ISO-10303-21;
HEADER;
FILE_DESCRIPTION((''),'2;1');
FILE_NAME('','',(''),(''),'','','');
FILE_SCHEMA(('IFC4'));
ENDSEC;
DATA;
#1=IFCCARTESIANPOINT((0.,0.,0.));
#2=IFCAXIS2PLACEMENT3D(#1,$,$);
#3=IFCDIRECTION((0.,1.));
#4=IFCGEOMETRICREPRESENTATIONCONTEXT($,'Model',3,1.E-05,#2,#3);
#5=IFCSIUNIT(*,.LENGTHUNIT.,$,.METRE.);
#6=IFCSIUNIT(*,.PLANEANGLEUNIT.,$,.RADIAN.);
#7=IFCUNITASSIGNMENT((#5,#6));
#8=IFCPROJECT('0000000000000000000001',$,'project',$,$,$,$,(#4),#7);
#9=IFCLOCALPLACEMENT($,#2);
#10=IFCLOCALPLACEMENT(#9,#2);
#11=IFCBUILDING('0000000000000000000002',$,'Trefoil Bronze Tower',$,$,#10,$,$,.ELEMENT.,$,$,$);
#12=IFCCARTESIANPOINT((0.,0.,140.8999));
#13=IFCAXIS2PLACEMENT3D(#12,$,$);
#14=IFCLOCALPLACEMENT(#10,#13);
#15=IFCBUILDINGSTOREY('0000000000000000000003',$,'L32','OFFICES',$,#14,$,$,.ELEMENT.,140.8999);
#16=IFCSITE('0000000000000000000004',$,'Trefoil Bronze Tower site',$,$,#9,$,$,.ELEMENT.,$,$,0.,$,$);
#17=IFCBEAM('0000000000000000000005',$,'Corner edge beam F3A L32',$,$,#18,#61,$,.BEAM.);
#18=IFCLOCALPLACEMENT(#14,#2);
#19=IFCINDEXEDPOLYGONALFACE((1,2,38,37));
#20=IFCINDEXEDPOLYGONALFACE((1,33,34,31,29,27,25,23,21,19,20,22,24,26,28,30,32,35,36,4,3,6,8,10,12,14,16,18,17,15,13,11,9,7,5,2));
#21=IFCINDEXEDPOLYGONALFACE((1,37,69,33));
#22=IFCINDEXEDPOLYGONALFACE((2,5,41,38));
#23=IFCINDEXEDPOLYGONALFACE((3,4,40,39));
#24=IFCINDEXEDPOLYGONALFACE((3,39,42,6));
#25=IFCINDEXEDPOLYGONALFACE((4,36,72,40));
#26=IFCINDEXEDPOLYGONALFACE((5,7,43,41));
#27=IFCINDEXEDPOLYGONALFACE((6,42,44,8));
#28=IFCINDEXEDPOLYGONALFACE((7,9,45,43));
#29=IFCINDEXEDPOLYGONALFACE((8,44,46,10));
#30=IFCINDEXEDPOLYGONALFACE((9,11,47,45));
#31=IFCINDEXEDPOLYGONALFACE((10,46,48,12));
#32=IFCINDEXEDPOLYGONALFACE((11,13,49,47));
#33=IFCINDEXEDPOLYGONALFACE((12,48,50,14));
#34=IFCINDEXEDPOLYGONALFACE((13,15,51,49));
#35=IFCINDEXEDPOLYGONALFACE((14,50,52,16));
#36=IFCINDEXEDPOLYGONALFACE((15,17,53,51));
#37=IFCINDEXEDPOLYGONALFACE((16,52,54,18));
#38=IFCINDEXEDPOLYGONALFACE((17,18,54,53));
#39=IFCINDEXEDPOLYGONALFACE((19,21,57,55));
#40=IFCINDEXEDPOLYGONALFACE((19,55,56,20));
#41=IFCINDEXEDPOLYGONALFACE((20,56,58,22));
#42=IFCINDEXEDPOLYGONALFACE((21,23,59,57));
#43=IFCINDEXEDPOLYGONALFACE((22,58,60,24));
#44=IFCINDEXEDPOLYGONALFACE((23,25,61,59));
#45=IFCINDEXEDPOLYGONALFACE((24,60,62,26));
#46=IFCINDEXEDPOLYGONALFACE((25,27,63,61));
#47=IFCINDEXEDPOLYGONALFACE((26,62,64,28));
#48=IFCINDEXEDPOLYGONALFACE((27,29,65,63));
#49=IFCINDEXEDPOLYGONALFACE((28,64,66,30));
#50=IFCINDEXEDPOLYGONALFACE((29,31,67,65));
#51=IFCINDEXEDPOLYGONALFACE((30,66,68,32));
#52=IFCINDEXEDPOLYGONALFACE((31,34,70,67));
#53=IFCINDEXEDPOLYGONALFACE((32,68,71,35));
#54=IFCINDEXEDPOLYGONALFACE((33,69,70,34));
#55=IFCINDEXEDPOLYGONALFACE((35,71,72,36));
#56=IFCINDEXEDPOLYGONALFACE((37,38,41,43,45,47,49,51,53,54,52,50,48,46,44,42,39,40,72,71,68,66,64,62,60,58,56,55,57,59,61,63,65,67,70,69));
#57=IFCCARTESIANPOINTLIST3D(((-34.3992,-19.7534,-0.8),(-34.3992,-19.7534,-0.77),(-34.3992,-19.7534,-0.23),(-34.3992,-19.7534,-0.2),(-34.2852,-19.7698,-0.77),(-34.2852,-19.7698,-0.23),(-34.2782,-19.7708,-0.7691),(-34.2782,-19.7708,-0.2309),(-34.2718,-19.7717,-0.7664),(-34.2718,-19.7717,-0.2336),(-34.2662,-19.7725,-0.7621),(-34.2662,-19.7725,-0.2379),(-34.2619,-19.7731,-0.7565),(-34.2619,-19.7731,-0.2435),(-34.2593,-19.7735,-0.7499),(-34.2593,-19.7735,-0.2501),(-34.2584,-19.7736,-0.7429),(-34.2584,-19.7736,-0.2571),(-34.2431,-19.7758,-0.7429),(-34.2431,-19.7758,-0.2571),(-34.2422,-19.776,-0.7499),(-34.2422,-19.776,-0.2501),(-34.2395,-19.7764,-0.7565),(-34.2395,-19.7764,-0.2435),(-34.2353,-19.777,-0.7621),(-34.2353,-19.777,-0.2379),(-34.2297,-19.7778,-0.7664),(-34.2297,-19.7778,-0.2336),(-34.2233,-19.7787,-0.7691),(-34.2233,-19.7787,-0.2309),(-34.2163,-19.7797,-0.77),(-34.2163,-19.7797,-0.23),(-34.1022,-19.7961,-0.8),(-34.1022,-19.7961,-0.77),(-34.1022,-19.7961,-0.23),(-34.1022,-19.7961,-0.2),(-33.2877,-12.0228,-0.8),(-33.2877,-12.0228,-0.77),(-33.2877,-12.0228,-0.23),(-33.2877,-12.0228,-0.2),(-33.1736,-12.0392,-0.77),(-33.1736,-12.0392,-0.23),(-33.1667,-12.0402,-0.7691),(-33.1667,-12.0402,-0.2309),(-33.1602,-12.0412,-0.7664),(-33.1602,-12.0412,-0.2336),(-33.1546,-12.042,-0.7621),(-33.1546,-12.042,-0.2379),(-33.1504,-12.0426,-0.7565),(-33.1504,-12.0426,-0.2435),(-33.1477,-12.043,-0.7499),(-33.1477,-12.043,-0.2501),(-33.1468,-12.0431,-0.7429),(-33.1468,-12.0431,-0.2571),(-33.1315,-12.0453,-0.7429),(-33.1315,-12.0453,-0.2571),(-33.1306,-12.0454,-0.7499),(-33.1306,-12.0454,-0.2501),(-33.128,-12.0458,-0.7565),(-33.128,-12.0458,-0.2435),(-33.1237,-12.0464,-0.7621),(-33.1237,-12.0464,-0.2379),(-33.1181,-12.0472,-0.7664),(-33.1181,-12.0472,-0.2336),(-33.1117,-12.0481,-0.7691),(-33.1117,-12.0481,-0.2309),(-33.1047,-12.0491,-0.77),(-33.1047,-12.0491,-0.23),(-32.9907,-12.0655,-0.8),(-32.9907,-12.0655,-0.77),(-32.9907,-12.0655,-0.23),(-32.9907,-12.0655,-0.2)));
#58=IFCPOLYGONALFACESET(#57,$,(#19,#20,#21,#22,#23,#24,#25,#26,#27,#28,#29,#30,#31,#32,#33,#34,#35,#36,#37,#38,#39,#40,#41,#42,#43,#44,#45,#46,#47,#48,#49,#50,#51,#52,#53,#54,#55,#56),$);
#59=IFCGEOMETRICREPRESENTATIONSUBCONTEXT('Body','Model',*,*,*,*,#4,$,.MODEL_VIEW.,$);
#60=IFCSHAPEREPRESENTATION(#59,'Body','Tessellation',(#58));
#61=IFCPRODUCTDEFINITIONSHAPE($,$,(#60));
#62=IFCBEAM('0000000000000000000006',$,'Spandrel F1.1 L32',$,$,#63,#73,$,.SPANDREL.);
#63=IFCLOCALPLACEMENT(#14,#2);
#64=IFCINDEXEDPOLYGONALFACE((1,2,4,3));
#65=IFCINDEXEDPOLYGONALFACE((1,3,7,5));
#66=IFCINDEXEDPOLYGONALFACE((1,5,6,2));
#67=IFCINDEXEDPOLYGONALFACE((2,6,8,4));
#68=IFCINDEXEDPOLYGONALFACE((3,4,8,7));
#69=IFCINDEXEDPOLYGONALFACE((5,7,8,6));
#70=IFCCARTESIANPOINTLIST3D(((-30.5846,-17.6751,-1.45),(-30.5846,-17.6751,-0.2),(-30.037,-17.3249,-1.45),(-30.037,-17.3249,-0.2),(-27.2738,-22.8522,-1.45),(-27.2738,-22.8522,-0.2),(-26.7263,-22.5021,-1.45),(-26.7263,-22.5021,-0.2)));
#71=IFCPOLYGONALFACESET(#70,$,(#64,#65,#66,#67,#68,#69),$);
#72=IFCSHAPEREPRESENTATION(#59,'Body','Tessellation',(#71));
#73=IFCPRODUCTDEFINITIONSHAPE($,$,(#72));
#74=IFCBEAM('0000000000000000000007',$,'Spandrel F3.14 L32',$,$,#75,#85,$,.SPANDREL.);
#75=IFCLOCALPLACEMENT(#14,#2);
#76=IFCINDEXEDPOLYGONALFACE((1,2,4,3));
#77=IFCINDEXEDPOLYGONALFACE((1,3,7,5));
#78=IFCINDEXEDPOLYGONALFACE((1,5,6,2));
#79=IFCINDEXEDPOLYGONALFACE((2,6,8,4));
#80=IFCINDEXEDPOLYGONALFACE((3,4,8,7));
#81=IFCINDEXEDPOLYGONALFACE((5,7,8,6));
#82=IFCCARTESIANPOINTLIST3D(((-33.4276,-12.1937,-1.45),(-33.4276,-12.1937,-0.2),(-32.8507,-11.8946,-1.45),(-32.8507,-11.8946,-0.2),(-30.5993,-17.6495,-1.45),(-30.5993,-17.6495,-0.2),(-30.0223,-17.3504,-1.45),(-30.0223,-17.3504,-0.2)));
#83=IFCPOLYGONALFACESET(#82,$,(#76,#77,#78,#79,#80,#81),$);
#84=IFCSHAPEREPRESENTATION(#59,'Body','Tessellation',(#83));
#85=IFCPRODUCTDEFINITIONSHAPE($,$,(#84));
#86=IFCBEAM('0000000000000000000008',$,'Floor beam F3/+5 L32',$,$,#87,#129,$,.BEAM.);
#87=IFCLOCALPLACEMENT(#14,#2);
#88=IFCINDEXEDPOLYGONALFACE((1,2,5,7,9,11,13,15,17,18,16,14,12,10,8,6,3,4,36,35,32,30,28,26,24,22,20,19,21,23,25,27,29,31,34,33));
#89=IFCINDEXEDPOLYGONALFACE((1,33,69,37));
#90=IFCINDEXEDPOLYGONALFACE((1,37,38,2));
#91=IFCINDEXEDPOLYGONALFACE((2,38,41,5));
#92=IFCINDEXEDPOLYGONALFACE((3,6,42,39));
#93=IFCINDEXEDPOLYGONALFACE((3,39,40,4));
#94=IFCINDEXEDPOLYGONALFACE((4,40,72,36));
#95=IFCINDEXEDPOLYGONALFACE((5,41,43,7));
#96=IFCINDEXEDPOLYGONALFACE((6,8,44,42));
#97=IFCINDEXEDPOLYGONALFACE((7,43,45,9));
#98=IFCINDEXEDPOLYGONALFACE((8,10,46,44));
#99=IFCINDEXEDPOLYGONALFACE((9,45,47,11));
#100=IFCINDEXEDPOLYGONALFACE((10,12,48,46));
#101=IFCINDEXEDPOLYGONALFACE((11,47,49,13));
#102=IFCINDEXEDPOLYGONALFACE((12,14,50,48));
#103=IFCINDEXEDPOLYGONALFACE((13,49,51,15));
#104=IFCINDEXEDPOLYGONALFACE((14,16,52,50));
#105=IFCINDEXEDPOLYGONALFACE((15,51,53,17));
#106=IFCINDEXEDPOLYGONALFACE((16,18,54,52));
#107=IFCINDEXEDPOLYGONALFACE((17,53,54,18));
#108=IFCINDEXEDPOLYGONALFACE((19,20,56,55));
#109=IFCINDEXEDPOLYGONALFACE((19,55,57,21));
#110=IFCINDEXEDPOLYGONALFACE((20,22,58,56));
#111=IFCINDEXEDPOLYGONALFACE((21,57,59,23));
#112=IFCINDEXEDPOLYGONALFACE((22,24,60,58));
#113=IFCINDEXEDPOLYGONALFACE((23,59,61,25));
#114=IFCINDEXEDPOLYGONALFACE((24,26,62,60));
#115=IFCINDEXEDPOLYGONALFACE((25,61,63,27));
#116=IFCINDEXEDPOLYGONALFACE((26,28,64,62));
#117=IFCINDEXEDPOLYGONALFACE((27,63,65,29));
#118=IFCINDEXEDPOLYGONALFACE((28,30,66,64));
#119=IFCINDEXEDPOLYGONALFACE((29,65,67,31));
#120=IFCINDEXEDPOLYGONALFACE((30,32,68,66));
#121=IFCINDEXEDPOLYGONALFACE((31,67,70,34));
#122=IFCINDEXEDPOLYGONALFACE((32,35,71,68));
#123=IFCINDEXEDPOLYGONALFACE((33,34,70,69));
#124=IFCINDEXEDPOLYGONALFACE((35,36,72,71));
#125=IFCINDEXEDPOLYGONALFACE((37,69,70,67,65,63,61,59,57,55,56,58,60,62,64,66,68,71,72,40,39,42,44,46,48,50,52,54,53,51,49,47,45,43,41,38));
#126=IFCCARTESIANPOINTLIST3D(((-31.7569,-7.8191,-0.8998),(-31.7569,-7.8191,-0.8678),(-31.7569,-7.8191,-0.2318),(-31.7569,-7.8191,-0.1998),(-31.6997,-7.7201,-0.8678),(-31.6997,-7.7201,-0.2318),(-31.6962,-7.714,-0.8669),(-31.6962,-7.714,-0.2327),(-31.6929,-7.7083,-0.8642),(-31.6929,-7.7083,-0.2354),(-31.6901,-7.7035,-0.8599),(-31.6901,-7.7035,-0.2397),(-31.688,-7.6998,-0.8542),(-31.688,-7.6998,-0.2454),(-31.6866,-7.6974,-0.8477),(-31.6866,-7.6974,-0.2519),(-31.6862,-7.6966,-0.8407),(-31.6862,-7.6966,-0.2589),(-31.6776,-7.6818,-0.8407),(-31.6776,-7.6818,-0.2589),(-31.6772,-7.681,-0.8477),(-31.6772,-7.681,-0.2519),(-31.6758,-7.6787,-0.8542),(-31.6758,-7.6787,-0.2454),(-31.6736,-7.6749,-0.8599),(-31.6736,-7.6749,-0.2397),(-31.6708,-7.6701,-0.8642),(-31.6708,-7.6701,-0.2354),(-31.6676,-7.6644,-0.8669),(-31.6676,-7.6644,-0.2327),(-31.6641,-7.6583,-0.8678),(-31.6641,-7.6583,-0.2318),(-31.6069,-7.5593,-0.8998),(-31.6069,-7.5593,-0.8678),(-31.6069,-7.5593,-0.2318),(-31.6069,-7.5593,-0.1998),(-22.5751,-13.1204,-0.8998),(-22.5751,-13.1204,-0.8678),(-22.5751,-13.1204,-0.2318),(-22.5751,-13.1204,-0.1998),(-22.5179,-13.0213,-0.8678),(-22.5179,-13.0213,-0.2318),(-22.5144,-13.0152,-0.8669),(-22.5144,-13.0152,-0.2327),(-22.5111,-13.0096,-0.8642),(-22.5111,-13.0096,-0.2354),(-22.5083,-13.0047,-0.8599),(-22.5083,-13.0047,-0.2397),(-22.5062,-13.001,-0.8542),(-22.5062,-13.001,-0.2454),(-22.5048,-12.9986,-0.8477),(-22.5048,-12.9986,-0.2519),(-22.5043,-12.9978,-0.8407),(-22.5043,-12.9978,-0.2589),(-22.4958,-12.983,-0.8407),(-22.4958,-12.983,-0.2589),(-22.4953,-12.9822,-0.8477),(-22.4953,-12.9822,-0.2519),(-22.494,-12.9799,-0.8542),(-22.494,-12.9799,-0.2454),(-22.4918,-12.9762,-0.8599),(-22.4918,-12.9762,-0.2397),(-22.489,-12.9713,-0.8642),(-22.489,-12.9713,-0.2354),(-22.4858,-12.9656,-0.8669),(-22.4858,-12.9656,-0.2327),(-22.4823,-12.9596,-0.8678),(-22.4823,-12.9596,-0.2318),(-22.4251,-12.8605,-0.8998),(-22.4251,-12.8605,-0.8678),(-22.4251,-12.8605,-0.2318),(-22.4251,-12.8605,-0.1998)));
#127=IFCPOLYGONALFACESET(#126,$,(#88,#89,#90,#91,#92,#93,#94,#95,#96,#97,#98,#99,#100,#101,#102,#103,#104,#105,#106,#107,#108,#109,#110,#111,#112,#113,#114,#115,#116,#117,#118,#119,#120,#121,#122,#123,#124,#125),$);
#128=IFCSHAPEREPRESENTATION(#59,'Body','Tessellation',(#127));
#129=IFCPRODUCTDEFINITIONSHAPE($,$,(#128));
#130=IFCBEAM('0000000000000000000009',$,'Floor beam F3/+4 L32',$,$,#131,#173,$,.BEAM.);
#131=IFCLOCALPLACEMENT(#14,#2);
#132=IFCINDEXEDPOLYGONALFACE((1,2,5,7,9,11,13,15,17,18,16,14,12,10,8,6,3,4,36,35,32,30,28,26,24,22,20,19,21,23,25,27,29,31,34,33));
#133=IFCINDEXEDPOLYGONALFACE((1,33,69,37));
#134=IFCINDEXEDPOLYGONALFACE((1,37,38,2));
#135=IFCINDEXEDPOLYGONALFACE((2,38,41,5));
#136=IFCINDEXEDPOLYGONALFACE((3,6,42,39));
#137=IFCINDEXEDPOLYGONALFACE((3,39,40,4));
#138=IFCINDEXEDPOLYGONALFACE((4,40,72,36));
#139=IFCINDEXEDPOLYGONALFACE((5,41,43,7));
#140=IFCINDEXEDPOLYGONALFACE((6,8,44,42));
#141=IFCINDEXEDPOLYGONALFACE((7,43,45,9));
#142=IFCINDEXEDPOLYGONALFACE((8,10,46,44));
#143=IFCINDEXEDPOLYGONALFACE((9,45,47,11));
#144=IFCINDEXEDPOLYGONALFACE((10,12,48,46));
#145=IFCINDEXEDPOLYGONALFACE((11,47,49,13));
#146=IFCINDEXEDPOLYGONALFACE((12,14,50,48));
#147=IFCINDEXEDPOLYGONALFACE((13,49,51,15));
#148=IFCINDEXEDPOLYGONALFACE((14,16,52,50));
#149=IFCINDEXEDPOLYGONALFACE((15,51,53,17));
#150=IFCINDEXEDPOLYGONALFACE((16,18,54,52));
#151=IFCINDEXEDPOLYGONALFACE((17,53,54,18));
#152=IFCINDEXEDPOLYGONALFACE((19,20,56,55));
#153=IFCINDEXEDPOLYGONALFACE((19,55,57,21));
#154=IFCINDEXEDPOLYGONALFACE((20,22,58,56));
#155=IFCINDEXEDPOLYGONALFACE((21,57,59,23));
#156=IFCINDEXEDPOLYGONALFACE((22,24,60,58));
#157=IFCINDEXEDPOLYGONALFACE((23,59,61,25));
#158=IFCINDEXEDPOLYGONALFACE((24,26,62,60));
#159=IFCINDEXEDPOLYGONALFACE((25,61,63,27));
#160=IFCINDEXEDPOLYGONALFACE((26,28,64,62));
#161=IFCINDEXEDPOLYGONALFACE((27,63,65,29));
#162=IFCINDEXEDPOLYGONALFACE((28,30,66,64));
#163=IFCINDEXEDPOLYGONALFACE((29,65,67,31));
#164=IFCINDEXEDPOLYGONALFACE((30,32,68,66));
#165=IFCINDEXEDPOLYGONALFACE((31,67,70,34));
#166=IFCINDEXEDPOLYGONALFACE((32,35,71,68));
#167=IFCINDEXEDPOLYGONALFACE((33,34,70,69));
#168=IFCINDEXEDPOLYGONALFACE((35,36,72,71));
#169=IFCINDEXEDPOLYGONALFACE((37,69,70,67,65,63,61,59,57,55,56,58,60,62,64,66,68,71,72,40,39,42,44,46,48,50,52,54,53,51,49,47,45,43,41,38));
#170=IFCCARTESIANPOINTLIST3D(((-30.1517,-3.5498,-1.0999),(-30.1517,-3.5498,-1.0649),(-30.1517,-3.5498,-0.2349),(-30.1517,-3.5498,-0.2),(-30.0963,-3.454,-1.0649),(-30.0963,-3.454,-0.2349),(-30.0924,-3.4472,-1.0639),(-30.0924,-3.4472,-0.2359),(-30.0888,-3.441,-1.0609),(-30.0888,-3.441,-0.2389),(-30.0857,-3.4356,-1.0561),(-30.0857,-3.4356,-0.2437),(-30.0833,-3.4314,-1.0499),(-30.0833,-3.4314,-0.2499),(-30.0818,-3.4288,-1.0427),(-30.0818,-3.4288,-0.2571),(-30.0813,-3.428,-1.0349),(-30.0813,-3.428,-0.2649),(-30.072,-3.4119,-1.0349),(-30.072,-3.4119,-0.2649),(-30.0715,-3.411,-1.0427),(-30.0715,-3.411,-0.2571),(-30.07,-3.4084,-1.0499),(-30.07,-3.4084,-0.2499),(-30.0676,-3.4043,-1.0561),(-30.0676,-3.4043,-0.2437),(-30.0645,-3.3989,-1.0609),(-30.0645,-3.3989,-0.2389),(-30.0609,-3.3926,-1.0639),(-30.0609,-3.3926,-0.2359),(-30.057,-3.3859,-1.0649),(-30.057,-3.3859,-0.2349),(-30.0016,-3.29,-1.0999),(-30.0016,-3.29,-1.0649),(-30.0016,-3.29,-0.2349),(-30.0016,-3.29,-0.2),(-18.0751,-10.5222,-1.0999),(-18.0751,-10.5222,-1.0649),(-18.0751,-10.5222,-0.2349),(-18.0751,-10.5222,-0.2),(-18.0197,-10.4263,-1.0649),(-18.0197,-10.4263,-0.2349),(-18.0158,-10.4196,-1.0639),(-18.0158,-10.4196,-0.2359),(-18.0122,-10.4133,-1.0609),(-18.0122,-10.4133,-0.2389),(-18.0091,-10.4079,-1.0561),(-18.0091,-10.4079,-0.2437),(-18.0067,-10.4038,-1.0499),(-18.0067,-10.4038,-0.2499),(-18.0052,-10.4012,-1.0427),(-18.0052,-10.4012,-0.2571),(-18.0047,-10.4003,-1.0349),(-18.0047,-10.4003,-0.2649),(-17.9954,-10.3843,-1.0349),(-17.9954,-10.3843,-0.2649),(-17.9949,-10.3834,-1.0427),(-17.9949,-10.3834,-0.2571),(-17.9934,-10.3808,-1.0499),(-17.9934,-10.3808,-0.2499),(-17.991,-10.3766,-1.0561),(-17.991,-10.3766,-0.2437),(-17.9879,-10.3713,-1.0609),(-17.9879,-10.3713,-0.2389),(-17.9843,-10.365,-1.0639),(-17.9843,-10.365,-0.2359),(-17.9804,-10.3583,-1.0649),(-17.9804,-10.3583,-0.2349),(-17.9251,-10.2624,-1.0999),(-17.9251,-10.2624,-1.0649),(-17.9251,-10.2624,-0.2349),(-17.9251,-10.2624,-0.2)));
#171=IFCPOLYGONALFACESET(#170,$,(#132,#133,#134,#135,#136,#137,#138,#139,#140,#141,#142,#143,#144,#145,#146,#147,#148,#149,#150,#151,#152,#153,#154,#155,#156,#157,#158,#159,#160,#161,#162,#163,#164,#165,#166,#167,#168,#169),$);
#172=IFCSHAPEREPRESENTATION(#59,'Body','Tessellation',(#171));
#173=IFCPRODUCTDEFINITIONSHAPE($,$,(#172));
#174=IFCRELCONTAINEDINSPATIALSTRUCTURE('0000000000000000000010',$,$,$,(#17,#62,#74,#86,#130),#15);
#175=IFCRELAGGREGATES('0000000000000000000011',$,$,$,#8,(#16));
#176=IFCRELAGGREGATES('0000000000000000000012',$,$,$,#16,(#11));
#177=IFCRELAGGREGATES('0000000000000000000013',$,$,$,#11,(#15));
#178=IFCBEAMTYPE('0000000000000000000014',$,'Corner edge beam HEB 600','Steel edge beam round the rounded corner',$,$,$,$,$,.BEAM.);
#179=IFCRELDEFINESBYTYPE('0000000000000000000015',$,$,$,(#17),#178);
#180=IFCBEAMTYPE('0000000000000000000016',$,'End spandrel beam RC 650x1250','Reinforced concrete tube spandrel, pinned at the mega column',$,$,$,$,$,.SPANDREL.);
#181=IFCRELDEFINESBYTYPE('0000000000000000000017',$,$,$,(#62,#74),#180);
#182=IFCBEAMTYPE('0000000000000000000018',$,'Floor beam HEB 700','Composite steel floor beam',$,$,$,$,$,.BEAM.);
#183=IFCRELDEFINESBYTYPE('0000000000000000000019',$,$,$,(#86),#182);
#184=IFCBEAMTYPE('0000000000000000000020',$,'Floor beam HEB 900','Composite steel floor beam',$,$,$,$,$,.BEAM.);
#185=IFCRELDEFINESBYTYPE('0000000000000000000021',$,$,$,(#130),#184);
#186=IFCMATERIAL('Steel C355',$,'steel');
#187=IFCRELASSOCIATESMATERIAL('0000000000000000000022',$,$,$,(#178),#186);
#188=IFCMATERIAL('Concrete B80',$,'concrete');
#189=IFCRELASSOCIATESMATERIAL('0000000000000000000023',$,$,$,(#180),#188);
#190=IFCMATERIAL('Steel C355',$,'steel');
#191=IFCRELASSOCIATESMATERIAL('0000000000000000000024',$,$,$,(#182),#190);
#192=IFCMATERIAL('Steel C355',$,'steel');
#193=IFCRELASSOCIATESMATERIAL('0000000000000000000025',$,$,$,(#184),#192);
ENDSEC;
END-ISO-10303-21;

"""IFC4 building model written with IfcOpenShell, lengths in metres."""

from ifc_helpers import new_model, si_unit, direction, frame, origin, origin_2d, place, context, subcontext, project, spatial, rectangle, i_section, extrude, material, material_profile, profile_set, type_object, element, save


model = new_model("IFC4")

# Units and contexts
model_context = context("Model", 3, precision=1e-05, world=origin(), true_north=direction((0.0, 1.0)))
body_context = subcontext(model_context, "Body", "Model", "MODEL_VIEW")
ifc_project = project(units=[si_unit("LENGTHUNIT", "METRE"), si_unit("PLANEANGLEUNIT", "RADIAN")], contexts=[model_context])

# Site, building, storey
site_placement = place(None, origin())
site = spatial("IfcSite", under=ifc_project, at=site_placement, Name="Trefoil Bronze Tower site", CompositionType="ELEMENT", RefElevation=0.0)
building_placement = place(site_placement, origin())
building = spatial("IfcBuilding", under=site, at=building_placement, Name="Trefoil Bronze Tower", CompositionType="ELEMENT")
storey_placement = place(building_placement, frame((0.0, 0.0, 140.8999)))
storey = spatial("IfcBuildingStorey", under=building, at=storey_placement, Name="L32", Description="OFFICES", CompositionType="ELEMENT", Elevation=140.8999)

# Beams
ifc_material_1 = material(Name="Steel C355", Category="steel")
ifc_material_profile_1 = material_profile(ifc_material_1, i_section(OverallWidth=0.3, OverallDepth=0.6001, WebThickness=0.0154, FlangeThickness=0.03, FilletRadius=0.0271, at=origin_2d()), Name="HEB 600")
ifc_profile_set_1 = profile_set([ifc_material_profile_1], Name="Steel C355")
beam_type_1 = type_object("IfcBeamType", Name="Corner edge beam HEB 600", Description="Steel edge beam round the rounded corner", PredefinedType="BEAM", material=ifc_profile_set_1)
beam_1_placement = place(storey_placement, frame((-33.1392, -12.0442, -0.5), z_axis=(-0.142327, -0.98982, 0.0), x_axis=(0.98982, -0.142327, 0.0)))
element("IfcBeam", 1, at=beam_1_placement, inside=storey, type_object=beam_type_1, Name="Corner edge beam F3A L32", PredefinedType="BEAM", context=body_context, shape_type="SweptSolid", body=[
    extrude(i_section(OverallWidth=0.3, OverallDepth=0.6001, WebThickness=0.0154, FlangeThickness=0.03, FilletRadius=0.0271, at=origin_2d()), origin(), (0.0, 0.0, 1.0), 7.8101),
])
ifc_material_2 = material(Name="Concrete B80", Category="concrete")
ifc_material_profile_2 = material_profile(ifc_material_2, rectangle(XDim=0.6499, YDim=1.25, at=origin_2d()), Name="RC 650x1250")
ifc_profile_set_2 = profile_set([ifc_material_profile_2], Name="Concrete B80")
beam_type_2 = type_object("IfcBeamType", Name="End spandrel beam RC 650x1250", Description="Reinforced concrete tube spandrel, pinned at the mega column", PredefinedType="SPANDREL", material=ifc_profile_set_2)
for number, where, z_axis, x_axis, name in (
    (2, (-30.3108, -17.5, -0.825), (0.538748, -0.842467, 0.0), (0.842467, 0.538748, 0.0), "Spandrel F1.1 L32"),
    (3, (-33.1392, -12.0442, -0.825), (0.460244, -0.887792, 0.0), (0.887792, 0.460244, 0.0), "Spandrel F3.14 L32"),
):
    element("IfcBeam", number, at=place(storey_placement, frame(where, z_axis=z_axis, x_axis=x_axis)), inside=storey, type_object=beam_type_2, Name=name, PredefinedType="SPANDREL", context=body_context, shape_type="SweptSolid", body=[
        extrude(rectangle(XDim=0.6499, YDim=1.25, at=origin_2d()), origin(), (0.0, 0.0, 1.0), 6.1453),
    ])
ifc_material_3 = material(Name="Steel C355", Category="steel")
ifc_material_profile_3 = material_profile(ifc_material_3, i_section(OverallWidth=0.3, OverallDepth=0.7, WebThickness=0.0171, FlangeThickness=0.032, FilletRadius=0.0271, at=origin_2d()), Name="HEB 700")
ifc_profile_set_3 = profile_set([ifc_material_profile_3], Name="Steel C355")
beam_type_3 = type_object("IfcBeamType", Name="Floor beam HEB 700", Description="Composite steel floor beam", PredefinedType="BEAM", material=ifc_profile_set_3)
beam_2_placement = place(storey_placement, frame((-31.6819, -7.6892, -0.5498), z_axis=(0.866021, -0.500007, 0.0), x_axis=(0.500007, 0.866021, 0.0)))
element("IfcBeam", 4, at=beam_2_placement, inside=storey, type_object=beam_type_3, Name="Floor beam F3/+5 L32", PredefinedType="BEAM", context=body_context, shape_type="SweptSolid", body=[
    extrude(i_section(OverallWidth=0.3, OverallDepth=0.7, WebThickness=0.0171, FlangeThickness=0.032, FilletRadius=0.0271, at=origin_2d()), origin(), (0.0, 0.0, 1.0), 10.6023),
])
ifc_material_4 = material(Name="Steel C355", Category="steel")
ifc_material_profile_4 = material_profile(ifc_material_4, i_section(OverallWidth=0.3, OverallDepth=0.8999, WebThickness=0.0186, FlangeThickness=0.0349, FilletRadius=0.03, at=origin_2d()), Name="HEB 900")
ifc_profile_set_4 = profile_set([ifc_material_profile_4], Name="Steel C355")
beam_type_4 = type_object("IfcBeamType", Name="Floor beam HEB 900", Description="Composite steel floor beam", PredefinedType="BEAM", material=ifc_profile_set_4)
beam_3_placement = place(storey_placement, frame((-30.0767, -3.4199, -0.6499), z_axis=(0.866027, -0.499997, 0.0), x_axis=(0.499997, 0.866027, 0.0)))
element("IfcBeam", 5, at=beam_3_placement, inside=storey, type_object=beam_type_4, Name="Floor beam F3/+4 L32", PredefinedType="BEAM", context=body_context, shape_type="SweptSolid", body=[
    extrude(i_section(OverallWidth=0.3, OverallDepth=0.8999, WebThickness=0.0186, FlangeThickness=0.0349, FilletRadius=0.03, at=origin_2d()), origin(), (0.0, 0.0, 1.0), 13.9448),
])

save(model, "model.ifc")
